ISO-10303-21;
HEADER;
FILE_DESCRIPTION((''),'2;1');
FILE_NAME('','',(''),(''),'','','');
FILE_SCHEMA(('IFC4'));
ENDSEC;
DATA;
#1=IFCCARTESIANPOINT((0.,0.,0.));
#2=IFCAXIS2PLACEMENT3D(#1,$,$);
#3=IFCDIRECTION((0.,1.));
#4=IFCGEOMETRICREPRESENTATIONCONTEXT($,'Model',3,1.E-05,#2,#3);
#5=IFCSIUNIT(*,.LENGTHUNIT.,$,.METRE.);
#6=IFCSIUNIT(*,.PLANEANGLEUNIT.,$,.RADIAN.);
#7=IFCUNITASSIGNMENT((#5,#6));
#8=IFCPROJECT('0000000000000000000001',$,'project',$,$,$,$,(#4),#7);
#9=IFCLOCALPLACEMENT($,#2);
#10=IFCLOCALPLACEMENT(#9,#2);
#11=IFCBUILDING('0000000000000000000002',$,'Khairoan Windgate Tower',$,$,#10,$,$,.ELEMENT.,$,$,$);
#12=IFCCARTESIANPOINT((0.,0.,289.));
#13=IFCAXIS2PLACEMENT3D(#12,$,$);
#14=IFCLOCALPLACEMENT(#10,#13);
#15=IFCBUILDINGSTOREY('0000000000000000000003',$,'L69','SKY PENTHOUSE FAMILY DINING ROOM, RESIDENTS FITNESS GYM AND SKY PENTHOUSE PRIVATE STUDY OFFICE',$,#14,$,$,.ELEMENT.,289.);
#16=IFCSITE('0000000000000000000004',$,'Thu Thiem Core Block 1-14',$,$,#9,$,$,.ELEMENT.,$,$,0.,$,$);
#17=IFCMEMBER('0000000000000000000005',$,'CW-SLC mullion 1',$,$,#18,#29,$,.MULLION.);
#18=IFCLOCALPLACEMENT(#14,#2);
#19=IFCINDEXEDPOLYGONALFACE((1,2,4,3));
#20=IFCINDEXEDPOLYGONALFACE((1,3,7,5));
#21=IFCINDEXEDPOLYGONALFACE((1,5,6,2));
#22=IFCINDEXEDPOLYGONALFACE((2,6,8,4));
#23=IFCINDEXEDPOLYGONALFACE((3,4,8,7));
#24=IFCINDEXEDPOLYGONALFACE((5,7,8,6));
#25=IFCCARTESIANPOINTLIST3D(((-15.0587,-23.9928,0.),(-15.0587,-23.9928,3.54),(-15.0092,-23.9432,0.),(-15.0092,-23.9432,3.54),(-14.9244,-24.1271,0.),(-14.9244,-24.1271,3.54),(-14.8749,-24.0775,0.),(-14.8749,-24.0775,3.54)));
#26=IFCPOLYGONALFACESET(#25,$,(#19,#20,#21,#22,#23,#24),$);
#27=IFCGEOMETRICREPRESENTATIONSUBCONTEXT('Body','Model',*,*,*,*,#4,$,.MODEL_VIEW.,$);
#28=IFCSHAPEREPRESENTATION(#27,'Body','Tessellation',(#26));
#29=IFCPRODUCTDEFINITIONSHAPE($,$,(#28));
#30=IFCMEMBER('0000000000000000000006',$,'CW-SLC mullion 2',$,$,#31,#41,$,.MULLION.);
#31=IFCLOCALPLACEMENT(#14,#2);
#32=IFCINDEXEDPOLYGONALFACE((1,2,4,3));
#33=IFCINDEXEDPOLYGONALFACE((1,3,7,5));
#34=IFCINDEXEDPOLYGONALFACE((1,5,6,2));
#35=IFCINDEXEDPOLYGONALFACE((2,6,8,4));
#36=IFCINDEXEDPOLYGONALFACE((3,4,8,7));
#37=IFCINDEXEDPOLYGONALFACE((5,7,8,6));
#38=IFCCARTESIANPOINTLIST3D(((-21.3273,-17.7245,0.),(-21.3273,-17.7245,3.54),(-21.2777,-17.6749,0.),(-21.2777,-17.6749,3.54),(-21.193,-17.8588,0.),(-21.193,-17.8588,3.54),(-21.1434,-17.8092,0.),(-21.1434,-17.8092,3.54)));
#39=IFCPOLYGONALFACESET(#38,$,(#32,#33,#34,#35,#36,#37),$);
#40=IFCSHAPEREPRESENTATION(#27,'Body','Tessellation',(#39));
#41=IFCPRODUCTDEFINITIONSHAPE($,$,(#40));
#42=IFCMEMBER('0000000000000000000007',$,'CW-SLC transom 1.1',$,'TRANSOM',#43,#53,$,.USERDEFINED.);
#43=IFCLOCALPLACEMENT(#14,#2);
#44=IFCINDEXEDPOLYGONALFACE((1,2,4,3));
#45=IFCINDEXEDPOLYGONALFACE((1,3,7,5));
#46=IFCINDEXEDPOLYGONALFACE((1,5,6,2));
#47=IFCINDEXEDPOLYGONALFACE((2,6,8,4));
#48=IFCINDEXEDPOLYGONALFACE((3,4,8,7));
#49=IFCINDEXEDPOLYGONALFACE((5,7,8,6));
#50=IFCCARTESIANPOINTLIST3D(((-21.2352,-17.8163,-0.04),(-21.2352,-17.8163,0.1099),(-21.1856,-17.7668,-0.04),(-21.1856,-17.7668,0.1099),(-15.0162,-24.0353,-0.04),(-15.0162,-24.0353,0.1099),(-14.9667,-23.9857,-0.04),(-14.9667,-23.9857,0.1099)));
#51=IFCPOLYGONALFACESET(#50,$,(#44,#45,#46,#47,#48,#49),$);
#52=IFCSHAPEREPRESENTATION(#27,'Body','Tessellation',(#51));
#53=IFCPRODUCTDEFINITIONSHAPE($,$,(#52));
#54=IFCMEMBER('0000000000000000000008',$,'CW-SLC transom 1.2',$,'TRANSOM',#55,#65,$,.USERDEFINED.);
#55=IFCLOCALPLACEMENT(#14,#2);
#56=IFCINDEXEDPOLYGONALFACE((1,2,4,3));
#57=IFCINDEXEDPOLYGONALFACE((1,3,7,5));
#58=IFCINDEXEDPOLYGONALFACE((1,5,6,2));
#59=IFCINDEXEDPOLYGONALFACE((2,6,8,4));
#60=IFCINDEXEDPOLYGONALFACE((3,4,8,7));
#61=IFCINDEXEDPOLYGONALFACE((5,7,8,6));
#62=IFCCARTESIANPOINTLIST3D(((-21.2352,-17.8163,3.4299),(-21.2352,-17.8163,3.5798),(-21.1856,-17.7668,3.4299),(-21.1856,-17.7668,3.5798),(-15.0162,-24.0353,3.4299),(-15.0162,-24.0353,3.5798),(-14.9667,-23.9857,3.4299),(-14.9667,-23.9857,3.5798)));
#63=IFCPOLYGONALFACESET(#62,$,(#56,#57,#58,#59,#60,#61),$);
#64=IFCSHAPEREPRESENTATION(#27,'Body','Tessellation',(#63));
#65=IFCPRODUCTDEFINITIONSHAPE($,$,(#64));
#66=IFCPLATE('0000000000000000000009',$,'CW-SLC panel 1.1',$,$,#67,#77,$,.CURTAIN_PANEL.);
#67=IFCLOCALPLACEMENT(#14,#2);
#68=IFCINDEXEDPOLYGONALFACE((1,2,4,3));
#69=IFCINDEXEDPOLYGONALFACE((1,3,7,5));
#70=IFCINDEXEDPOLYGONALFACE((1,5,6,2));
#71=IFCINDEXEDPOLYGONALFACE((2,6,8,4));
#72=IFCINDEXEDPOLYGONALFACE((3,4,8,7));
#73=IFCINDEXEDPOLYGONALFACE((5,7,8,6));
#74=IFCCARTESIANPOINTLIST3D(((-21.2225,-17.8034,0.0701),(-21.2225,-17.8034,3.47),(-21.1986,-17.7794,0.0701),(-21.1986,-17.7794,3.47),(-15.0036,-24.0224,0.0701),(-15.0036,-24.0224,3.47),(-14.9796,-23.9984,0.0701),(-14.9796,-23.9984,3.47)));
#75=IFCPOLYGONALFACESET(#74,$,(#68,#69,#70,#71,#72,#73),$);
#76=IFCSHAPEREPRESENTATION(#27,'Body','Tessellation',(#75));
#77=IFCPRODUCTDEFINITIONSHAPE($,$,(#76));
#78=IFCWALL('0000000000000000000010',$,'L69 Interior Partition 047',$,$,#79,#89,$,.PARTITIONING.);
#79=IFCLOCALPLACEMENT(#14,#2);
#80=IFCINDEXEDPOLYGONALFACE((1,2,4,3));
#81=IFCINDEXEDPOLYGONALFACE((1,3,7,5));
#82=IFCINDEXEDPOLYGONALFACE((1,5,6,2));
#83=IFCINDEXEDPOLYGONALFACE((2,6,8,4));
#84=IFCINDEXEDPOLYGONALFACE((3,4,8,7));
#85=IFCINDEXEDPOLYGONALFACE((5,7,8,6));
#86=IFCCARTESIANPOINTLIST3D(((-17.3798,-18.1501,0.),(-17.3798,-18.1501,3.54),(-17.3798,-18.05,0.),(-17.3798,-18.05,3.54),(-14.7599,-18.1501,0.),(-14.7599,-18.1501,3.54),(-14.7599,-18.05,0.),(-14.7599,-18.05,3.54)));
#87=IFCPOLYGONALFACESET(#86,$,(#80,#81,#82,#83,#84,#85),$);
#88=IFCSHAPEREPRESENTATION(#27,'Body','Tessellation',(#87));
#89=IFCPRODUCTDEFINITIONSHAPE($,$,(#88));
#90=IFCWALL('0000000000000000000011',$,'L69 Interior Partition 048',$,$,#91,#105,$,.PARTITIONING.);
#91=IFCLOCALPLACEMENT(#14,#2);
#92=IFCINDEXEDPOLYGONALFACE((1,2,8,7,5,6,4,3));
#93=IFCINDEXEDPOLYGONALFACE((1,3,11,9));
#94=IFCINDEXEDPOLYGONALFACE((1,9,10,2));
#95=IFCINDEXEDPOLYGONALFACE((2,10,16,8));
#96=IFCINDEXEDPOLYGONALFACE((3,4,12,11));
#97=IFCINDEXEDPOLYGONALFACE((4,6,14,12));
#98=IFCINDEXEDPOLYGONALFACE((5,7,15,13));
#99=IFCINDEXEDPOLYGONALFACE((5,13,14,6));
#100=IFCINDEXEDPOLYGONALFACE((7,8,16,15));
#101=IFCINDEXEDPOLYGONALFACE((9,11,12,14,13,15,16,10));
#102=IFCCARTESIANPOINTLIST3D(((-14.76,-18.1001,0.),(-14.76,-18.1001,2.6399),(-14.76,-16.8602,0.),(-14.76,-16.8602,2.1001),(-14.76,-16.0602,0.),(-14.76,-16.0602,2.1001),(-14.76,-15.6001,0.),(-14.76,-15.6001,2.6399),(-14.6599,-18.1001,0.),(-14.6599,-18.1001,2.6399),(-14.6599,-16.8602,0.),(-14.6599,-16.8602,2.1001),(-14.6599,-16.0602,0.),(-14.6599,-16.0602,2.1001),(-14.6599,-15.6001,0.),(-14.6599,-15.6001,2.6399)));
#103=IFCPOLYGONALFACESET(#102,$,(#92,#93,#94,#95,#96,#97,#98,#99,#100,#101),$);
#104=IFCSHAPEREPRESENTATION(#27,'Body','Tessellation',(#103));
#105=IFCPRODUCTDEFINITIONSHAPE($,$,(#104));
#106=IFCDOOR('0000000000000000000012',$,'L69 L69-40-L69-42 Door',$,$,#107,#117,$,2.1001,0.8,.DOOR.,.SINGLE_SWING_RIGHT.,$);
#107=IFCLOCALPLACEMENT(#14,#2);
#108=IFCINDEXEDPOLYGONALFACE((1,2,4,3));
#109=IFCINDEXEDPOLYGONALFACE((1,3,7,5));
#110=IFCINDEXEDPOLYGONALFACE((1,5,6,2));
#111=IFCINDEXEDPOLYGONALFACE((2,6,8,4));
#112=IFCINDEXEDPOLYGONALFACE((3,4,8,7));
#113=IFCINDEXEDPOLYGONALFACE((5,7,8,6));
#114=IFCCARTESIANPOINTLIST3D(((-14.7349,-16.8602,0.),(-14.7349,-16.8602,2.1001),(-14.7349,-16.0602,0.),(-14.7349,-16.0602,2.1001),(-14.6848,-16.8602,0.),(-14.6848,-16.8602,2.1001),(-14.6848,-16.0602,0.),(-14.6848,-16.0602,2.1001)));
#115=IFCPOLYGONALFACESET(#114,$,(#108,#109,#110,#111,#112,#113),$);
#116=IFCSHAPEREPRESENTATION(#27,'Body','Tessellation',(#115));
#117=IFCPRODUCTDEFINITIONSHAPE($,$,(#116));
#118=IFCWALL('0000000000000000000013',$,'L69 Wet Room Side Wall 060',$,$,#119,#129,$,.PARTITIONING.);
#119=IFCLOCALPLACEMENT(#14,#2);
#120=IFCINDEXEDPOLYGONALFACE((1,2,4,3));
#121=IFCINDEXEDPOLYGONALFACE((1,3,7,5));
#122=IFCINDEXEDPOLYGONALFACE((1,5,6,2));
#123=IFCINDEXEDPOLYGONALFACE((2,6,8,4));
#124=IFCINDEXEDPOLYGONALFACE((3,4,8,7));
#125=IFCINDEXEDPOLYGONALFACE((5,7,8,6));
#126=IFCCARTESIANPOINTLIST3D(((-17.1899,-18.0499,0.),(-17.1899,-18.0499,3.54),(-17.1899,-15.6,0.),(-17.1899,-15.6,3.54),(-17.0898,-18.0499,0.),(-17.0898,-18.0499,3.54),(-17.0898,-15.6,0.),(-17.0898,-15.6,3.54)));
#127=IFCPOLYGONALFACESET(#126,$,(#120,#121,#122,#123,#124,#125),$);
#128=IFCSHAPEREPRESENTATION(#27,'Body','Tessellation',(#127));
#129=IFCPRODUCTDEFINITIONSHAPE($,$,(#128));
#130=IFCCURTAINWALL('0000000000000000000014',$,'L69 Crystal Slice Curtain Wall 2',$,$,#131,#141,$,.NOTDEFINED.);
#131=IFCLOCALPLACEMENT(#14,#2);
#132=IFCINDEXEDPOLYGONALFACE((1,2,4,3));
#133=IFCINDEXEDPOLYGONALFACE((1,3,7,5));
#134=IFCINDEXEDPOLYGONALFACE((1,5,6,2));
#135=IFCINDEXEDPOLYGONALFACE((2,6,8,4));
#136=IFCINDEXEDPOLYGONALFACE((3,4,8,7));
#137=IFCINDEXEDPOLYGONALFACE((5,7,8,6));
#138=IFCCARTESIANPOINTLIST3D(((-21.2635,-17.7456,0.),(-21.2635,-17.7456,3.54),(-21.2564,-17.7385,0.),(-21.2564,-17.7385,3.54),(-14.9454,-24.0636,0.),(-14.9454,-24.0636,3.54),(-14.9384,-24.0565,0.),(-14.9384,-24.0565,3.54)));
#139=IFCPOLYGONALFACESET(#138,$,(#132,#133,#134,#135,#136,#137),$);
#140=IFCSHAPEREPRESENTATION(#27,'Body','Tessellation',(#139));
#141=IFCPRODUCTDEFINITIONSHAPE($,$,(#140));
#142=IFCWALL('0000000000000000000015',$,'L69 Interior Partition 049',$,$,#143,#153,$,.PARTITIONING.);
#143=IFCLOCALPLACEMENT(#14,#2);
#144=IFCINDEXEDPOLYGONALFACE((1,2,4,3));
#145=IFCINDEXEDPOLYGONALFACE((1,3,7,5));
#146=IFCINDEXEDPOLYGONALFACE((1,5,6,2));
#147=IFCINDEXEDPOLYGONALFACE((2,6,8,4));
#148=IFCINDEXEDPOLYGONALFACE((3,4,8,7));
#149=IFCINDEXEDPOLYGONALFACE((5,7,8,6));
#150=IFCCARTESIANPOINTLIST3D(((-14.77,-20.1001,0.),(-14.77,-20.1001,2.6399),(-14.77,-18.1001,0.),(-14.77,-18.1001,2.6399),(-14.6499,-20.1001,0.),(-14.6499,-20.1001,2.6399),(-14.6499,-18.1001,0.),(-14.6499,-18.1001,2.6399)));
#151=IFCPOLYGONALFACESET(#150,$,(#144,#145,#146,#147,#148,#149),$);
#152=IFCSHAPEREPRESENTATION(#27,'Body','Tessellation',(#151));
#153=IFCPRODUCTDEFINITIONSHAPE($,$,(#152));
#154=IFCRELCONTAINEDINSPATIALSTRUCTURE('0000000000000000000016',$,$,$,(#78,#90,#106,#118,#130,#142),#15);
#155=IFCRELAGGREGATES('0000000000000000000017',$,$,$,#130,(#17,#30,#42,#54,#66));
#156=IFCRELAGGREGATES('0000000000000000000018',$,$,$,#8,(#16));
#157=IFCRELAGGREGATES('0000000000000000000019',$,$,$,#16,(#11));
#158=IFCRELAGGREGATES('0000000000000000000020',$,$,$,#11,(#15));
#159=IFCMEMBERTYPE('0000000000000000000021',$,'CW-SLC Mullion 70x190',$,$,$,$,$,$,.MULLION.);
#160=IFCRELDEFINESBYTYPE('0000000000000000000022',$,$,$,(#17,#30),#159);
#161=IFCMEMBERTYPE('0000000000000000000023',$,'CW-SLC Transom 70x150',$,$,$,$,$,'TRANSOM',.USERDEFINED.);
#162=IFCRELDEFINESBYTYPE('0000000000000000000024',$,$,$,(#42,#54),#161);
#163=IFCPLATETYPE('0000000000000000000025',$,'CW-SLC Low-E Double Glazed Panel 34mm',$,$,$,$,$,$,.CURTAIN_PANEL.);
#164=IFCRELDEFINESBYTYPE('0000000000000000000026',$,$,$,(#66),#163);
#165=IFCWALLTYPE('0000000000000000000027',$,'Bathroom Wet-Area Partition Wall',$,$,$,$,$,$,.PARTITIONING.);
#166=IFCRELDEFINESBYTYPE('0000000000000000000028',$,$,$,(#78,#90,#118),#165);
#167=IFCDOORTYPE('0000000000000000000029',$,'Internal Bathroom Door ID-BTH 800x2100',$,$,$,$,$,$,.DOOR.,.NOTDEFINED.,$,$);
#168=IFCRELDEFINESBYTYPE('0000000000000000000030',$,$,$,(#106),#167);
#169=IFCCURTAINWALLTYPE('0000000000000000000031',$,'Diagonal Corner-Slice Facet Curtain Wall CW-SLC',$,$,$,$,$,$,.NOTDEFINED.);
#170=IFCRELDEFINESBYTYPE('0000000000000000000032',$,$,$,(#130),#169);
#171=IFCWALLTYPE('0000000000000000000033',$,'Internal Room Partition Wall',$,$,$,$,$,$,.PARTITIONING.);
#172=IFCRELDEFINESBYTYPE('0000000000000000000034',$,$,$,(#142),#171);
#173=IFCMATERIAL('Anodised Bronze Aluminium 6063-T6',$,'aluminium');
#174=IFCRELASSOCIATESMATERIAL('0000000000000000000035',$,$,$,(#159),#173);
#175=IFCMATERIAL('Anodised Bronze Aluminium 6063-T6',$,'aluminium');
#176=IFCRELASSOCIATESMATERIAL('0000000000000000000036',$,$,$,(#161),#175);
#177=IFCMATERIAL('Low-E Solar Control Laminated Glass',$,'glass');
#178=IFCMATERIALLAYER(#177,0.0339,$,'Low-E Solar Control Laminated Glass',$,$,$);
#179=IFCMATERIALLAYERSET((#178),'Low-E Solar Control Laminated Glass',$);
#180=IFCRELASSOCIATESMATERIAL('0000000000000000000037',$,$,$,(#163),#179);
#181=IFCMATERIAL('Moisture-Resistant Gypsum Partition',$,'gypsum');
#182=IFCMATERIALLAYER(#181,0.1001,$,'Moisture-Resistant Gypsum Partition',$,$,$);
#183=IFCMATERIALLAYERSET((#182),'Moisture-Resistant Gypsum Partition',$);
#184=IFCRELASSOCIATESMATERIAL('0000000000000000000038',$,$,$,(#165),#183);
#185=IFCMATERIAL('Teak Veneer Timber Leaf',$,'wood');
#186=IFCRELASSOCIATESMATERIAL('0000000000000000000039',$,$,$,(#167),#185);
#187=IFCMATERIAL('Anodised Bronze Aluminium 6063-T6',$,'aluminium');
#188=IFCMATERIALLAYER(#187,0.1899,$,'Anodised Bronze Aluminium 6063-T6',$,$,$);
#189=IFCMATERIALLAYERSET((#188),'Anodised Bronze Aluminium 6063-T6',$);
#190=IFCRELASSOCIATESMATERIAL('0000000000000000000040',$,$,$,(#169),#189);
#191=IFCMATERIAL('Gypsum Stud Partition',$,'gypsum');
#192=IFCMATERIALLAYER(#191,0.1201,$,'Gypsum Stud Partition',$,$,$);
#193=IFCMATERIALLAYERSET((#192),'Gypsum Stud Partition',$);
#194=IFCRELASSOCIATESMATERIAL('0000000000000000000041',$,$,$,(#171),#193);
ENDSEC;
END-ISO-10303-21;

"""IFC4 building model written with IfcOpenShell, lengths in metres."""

from ifc_helpers import new_model, si_unit, direction, frame, frame_2d, origin, origin_2d, place, context, subcontext, project, spatial, rectangle, extrude, material, layer, layer_set, material_profile, profile_set, type_object, element, fill, aggregate, save


model = new_model("IFC4")

# Units and contexts
model_context = context("Model", 3, precision=1e-05, world=origin(), true_north=direction((0.0, 1.0)))
body_context = subcontext(model_context, "Body", "Model", "MODEL_VIEW")
ifc_project = project(units=[si_unit("LENGTHUNIT", "METRE"), si_unit("PLANEANGLEUNIT", "RADIAN")], contexts=[model_context])

# Members
site_placement = place(None, origin())
building_placement = place(site_placement, origin())
storey_placement = place(building_placement, frame((0.0, 0.0, 289.0)))
ifc_material_1 = material(Name="Anodised Bronze Aluminium 6063-T6", Category="aluminium")
ifc_material_profile_1 = material_profile(ifc_material_1, rectangle(XDim=0.0701, YDim=0.1899, at=origin_2d()))
ifc_profile_set_1 = profile_set([ifc_material_profile_1], Name="Anodised Bronze Aluminium 6063-T6")
member_type_1 = type_object("IfcMemberType", Name="CW-SLC Mullion 70x190", PredefinedType="MULLION", material=ifc_profile_set_1)
member_1_placement = place(storey_placement, frame((-14.9668, -24.0352, 0.0), z_axis=(0.0, 0.0, 1.0), x_axis=(-0.707107, -0.707107, 0.0)))
member_1 = element("IfcMember", 1, at=member_1_placement, type_object=member_type_1, Name="CW-SLC mullion 1", PredefinedType="MULLION", context=body_context, shape_type="SweptSolid", body=[
    extrude(rectangle(XDim=0.0701, YDim=0.1899, at=origin_2d()), origin(), (0.0, 0.0, 1.0), 3.54),
])
member_2_placement = place(storey_placement, frame((-21.2354, -17.7668, 0.0), z_axis=(0.0, 0.0, 1.0), x_axis=(-0.707107, -0.707107, 0.0)))
member_2 = element("IfcMember", 2, at=member_2_placement, type_object=member_type_1, Name="CW-SLC mullion 2", PredefinedType="MULLION", context=body_context, shape_type="SweptSolid", body=[
    extrude(rectangle(XDim=0.0701, YDim=0.1899, at=origin_2d()), origin(), (0.0, 0.0, 1.0), 3.54),
])
ifc_material_2 = material(Name="Anodised Bronze Aluminium 6063-T6", Category="aluminium")
ifc_material_profile_2 = material_profile(ifc_material_2, rectangle(XDim=0.0701, YDim=0.1499, at=origin_2d()))
ifc_profile_set_2 = profile_set([ifc_material_profile_2], Name="Anodised Bronze Aluminium 6063-T6")
member_type_2 = type_object("IfcMemberType", Name="CW-SLC Transom 70x150", ElementType="TRANSOM", PredefinedType="USERDEFINED", material=ifc_profile_set_2)
member_3_placement = place(storey_placement, frame((-14.9915, -24.0105, 0.0349), z_axis=(-0.707107, 0.707107, 0.0), x_axis=(-0.707107, -0.707107, 0.0)))
member_3 = element("IfcMember", 3, at=member_3_placement, type_object=member_type_2, Name="CW-SLC transom 1.1", ObjectType="TRANSOM", PredefinedType="USERDEFINED", context=body_context, shape_type="SweptSolid", body=[
    extrude(rectangle(XDim=0.0701, YDim=0.1499, at=origin_2d()), origin(), (0.0, 0.0, 1.0), 8.7949),
])
member_4_placement = place(storey_placement, frame((-14.9915, -24.0105, 3.5049), z_axis=(-0.707107, 0.707107, 0.0), x_axis=(-0.707107, -0.707107, 0.0)))
member_4 = element("IfcMember", 4, at=member_4_placement, type_object=member_type_2, Name="CW-SLC transom 1.2", ObjectType="TRANSOM", PredefinedType="USERDEFINED", context=body_context, shape_type="SweptSolid", body=[
    extrude(rectangle(XDim=0.0701, YDim=0.1499, at=origin_2d()), origin(), (0.0, 0.0, 1.0), 8.7949),
])

# Plate
ifc_material_3 = material(Name="Low-E Solar Control Laminated Glass", Category="glass")
ifc_layer_1 = layer(ifc_material_3, 0.0339, Name="Low-E Solar Control Laminated Glass")
ifc_layer_set_1 = layer_set([ifc_layer_1], Name="Low-E Solar Control Laminated Glass")
plate_type_1 = type_object("IfcPlateType", Name="CW-SLC Low-E Double Glazed Panel 34mm", PredefinedType="CURTAIN_PANEL", material=ifc_layer_set_1)
plate_1_placement = place(storey_placement, frame((-18.1011, -20.9009, 0.0701), z_axis=(0.0, 0.0, 1.0), x_axis=(-0.707107, 0.707107, 0.0)))
plate_1 = element("IfcPlate", 5, at=plate_1_placement, type_object=plate_type_1, Name="CW-SLC panel 1.1", PredefinedType="CURTAIN_PANEL", context=body_context, shape_type="SweptSolid", body=[
    extrude(rectangle(XDim=8.7949, YDim=0.0339, at=origin_2d()), origin(), (0.0, 0.0, 1.0), 3.3999),
])

# Site, building, storey
site = spatial("IfcSite", under=ifc_project, at=site_placement, Name="Thu Thiem Core Block 1-14", CompositionType="ELEMENT", RefElevation=0.0)
building = spatial("IfcBuilding", under=site, at=building_placement, Name="Khairoan Windgate Tower", CompositionType="ELEMENT")
storey = spatial("IfcBuildingStorey", under=building, at=storey_placement, Name="L69", Description="SKY PENTHOUSE FAMILY DINING ROOM, RESIDENTS FITNESS GYM AND SKY PENTHOUSE PRIVATE STUDY OFFICE", CompositionType="ELEMENT", Elevation=289.0)

# Wall
ifc_material_4 = material(Name="Moisture-Resistant Gypsum Partition", Category="gypsum")
ifc_layer_2 = layer(ifc_material_4, 0.1001, Name="Moisture-Resistant Gypsum Partition")
ifc_layer_set_2 = layer_set([ifc_layer_2], Name="Moisture-Resistant Gypsum Partition")
wall_type_1 = type_object("IfcWallType", Name="Bathroom Wet-Area Partition Wall", PredefinedType="PARTITIONING", material=ifc_layer_set_2)
wall_1_placement = place(storey_placement, frame((-17.3799, -18.1001, 0.0), z_axis=(0.0, 0.0, 1.0), x_axis=(1.0, 0.0, 0.0)))
element("IfcWall", 6, at=wall_1_placement, inside=storey, type_object=wall_type_1, Name="L69 Interior Partition 047", PredefinedType="PARTITIONING", context=body_context, shape_type="SweptSolid", body=[
    extrude(rectangle(XDim=2.6199, YDim=0.1001, at=frame_2d((1.3101, 0.0))), origin(), (0.0, 0.0, 1.0), 3.54),
])

# Wall, opening, door
wall_2_placement = place(storey_placement, frame((-14.71, -18.1001, 0.0), z_axis=(0.0, 0.0, 1.0), x_axis=(0.0, 1.0, 0.0)))
wall_2 = element("IfcWall", 7, at=wall_2_placement, inside=storey, type_object=wall_type_1, Name="L69 Interior Partition 048", PredefinedType="PARTITIONING", context=body_context, shape_type="SweptSolid", body=[
    extrude(rectangle(XDim=2.5, YDim=0.1001, at=frame_2d((1.25, 0.0))), origin(), (0.0, 0.0, 1.0), 2.6399),
])
opening_1_placement = place(wall_2_placement, frame((1.24, 0.0, 0.0)))
opening_1 = element("IfcOpeningElement", 8, at=opening_1_placement, cuts=wall_2, PredefinedType="OPENING", context=body_context, shape_type="SweptSolid", body=[
    extrude(rectangle(XDim=0.8, YDim=2.1001, at=frame_2d((0.3999, 1.05))), frame((0.0, 0.0601, 0.0), z_axis=(0.0, -1.0, 0.0), x_axis=(1.0, 0.0, 0.0)), (0.0, 0.0, 1.0), 0.1201),
])
ifc_material_5 = material(Name="Teak Veneer Timber Leaf", Category="wood")
door_type = type_object("IfcDoorType", Name="Internal Bathroom Door ID-BTH 800x2100", OperationType="NOTDEFINED", PredefinedType="DOOR", material=ifc_material_5)
door_1_placement = place(opening_1_placement, origin())
door_1 = element("IfcDoor", 9, at=door_1_placement, inside=storey, type_object=door_type, Name="L69 L69-40-L69-42 Door", OperationType="SINGLE_SWING_RIGHT", OverallHeight=2.1001, OverallWidth=0.8, PredefinedType="DOOR", context=body_context, shape_type="SweptSolid", body=[
    extrude(rectangle(XDim=0.8, YDim=2.1001, at=frame_2d((0.3999, 1.05))), frame((0.0, 0.0249, 0.0), z_axis=(0.0, -1.0, 0.0), x_axis=(1.0, 0.0, 0.0)), (0.0, 0.0, 1.0), 0.05),
])
fill(opening_1, door_1)

# Wall
wall_3_placement = place(storey_placement, frame((-17.1399, -18.05, 0.0), z_axis=(0.0, 0.0, 1.0), x_axis=(0.0, 1.0, 0.0)))
element("IfcWall", 10, at=wall_3_placement, inside=storey, type_object=wall_type_1, Name="L69 Wet Room Side Wall 060", PredefinedType="PARTITIONING", context=body_context, shape_type="SweptSolid", body=[
    extrude(rectangle(XDim=2.45, YDim=0.1001, at=frame_2d((1.2251, 0.0))), origin(), (0.0, 0.0, 1.0), 3.54),
])

# Curtain wall
ifc_material_6 = material(Name="Anodised Bronze Aluminium 6063-T6", Category="aluminium")
ifc_layer_3 = layer(ifc_material_6, 0.1899, Name="Anodised Bronze Aluminium 6063-T6")
ifc_layer_set_3 = layer_set([ifc_layer_3], Name="Anodised Bronze Aluminium 6063-T6")
curtain_wall_type_1 = type_object("IfcCurtainWallType", Name="Diagonal Corner-Slice Facet Curtain Wall CW-SLC", PredefinedType="NOTDEFINED", material=ifc_layer_set_3)
curtain_wall_1_placement = place(storey_placement, frame((-14.9419, -24.0601, 0.0), z_axis=(0.0, 0.0, 1.0), x_axis=(-0.707107, 0.707107, 0.0)))
curtain_wall_1 = element("IfcCurtainWall", 11, at=curtain_wall_1_placement, inside=storey, type_object=curtain_wall_type_1, Name="L69 Crystal Slice Curtain Wall 2", PredefinedType="NOTDEFINED", context=body_context, shape_type="SweptSolid", body=[
    extrude(rectangle(XDim=8.9351, YDim=0.01, at=frame_2d((4.4675, 0.0))), origin(), (0.0, 0.0, 1.0), 3.54),
])
aggregate(curtain_wall_1, [member_1, member_2, member_3, member_4, plate_1])

# Wall
ifc_material_7 = material(Name="Gypsum Stud Partition", Category="gypsum")
ifc_layer_4 = layer(ifc_material_7, 0.1201, Name="Gypsum Stud Partition")
ifc_layer_set_4 = layer_set([ifc_layer_4], Name="Gypsum Stud Partition")
wall_type_2 = type_object("IfcWallType", Name="Internal Room Partition Wall", PredefinedType="PARTITIONING", material=ifc_layer_set_4)
wall_4_placement = place(storey_placement, frame((-14.71, -20.1001, 0.0), z_axis=(0.0, 0.0, 1.0), x_axis=(0.0, 1.0, 0.0)))
element("IfcWall", 12, at=wall_4_placement, inside=storey, type_object=wall_type_2, Name="L69 Interior Partition 049", PredefinedType="PARTITIONING", context=body_context, shape_type="SweptSolid", body=[
    extrude(rectangle(XDim=2.0, YDim=0.1201, at=frame_2d((1.0, 0.0))), origin(), (0.0, 0.0, 1.0), 2.6399),
])

save(model, "model.ifc")
